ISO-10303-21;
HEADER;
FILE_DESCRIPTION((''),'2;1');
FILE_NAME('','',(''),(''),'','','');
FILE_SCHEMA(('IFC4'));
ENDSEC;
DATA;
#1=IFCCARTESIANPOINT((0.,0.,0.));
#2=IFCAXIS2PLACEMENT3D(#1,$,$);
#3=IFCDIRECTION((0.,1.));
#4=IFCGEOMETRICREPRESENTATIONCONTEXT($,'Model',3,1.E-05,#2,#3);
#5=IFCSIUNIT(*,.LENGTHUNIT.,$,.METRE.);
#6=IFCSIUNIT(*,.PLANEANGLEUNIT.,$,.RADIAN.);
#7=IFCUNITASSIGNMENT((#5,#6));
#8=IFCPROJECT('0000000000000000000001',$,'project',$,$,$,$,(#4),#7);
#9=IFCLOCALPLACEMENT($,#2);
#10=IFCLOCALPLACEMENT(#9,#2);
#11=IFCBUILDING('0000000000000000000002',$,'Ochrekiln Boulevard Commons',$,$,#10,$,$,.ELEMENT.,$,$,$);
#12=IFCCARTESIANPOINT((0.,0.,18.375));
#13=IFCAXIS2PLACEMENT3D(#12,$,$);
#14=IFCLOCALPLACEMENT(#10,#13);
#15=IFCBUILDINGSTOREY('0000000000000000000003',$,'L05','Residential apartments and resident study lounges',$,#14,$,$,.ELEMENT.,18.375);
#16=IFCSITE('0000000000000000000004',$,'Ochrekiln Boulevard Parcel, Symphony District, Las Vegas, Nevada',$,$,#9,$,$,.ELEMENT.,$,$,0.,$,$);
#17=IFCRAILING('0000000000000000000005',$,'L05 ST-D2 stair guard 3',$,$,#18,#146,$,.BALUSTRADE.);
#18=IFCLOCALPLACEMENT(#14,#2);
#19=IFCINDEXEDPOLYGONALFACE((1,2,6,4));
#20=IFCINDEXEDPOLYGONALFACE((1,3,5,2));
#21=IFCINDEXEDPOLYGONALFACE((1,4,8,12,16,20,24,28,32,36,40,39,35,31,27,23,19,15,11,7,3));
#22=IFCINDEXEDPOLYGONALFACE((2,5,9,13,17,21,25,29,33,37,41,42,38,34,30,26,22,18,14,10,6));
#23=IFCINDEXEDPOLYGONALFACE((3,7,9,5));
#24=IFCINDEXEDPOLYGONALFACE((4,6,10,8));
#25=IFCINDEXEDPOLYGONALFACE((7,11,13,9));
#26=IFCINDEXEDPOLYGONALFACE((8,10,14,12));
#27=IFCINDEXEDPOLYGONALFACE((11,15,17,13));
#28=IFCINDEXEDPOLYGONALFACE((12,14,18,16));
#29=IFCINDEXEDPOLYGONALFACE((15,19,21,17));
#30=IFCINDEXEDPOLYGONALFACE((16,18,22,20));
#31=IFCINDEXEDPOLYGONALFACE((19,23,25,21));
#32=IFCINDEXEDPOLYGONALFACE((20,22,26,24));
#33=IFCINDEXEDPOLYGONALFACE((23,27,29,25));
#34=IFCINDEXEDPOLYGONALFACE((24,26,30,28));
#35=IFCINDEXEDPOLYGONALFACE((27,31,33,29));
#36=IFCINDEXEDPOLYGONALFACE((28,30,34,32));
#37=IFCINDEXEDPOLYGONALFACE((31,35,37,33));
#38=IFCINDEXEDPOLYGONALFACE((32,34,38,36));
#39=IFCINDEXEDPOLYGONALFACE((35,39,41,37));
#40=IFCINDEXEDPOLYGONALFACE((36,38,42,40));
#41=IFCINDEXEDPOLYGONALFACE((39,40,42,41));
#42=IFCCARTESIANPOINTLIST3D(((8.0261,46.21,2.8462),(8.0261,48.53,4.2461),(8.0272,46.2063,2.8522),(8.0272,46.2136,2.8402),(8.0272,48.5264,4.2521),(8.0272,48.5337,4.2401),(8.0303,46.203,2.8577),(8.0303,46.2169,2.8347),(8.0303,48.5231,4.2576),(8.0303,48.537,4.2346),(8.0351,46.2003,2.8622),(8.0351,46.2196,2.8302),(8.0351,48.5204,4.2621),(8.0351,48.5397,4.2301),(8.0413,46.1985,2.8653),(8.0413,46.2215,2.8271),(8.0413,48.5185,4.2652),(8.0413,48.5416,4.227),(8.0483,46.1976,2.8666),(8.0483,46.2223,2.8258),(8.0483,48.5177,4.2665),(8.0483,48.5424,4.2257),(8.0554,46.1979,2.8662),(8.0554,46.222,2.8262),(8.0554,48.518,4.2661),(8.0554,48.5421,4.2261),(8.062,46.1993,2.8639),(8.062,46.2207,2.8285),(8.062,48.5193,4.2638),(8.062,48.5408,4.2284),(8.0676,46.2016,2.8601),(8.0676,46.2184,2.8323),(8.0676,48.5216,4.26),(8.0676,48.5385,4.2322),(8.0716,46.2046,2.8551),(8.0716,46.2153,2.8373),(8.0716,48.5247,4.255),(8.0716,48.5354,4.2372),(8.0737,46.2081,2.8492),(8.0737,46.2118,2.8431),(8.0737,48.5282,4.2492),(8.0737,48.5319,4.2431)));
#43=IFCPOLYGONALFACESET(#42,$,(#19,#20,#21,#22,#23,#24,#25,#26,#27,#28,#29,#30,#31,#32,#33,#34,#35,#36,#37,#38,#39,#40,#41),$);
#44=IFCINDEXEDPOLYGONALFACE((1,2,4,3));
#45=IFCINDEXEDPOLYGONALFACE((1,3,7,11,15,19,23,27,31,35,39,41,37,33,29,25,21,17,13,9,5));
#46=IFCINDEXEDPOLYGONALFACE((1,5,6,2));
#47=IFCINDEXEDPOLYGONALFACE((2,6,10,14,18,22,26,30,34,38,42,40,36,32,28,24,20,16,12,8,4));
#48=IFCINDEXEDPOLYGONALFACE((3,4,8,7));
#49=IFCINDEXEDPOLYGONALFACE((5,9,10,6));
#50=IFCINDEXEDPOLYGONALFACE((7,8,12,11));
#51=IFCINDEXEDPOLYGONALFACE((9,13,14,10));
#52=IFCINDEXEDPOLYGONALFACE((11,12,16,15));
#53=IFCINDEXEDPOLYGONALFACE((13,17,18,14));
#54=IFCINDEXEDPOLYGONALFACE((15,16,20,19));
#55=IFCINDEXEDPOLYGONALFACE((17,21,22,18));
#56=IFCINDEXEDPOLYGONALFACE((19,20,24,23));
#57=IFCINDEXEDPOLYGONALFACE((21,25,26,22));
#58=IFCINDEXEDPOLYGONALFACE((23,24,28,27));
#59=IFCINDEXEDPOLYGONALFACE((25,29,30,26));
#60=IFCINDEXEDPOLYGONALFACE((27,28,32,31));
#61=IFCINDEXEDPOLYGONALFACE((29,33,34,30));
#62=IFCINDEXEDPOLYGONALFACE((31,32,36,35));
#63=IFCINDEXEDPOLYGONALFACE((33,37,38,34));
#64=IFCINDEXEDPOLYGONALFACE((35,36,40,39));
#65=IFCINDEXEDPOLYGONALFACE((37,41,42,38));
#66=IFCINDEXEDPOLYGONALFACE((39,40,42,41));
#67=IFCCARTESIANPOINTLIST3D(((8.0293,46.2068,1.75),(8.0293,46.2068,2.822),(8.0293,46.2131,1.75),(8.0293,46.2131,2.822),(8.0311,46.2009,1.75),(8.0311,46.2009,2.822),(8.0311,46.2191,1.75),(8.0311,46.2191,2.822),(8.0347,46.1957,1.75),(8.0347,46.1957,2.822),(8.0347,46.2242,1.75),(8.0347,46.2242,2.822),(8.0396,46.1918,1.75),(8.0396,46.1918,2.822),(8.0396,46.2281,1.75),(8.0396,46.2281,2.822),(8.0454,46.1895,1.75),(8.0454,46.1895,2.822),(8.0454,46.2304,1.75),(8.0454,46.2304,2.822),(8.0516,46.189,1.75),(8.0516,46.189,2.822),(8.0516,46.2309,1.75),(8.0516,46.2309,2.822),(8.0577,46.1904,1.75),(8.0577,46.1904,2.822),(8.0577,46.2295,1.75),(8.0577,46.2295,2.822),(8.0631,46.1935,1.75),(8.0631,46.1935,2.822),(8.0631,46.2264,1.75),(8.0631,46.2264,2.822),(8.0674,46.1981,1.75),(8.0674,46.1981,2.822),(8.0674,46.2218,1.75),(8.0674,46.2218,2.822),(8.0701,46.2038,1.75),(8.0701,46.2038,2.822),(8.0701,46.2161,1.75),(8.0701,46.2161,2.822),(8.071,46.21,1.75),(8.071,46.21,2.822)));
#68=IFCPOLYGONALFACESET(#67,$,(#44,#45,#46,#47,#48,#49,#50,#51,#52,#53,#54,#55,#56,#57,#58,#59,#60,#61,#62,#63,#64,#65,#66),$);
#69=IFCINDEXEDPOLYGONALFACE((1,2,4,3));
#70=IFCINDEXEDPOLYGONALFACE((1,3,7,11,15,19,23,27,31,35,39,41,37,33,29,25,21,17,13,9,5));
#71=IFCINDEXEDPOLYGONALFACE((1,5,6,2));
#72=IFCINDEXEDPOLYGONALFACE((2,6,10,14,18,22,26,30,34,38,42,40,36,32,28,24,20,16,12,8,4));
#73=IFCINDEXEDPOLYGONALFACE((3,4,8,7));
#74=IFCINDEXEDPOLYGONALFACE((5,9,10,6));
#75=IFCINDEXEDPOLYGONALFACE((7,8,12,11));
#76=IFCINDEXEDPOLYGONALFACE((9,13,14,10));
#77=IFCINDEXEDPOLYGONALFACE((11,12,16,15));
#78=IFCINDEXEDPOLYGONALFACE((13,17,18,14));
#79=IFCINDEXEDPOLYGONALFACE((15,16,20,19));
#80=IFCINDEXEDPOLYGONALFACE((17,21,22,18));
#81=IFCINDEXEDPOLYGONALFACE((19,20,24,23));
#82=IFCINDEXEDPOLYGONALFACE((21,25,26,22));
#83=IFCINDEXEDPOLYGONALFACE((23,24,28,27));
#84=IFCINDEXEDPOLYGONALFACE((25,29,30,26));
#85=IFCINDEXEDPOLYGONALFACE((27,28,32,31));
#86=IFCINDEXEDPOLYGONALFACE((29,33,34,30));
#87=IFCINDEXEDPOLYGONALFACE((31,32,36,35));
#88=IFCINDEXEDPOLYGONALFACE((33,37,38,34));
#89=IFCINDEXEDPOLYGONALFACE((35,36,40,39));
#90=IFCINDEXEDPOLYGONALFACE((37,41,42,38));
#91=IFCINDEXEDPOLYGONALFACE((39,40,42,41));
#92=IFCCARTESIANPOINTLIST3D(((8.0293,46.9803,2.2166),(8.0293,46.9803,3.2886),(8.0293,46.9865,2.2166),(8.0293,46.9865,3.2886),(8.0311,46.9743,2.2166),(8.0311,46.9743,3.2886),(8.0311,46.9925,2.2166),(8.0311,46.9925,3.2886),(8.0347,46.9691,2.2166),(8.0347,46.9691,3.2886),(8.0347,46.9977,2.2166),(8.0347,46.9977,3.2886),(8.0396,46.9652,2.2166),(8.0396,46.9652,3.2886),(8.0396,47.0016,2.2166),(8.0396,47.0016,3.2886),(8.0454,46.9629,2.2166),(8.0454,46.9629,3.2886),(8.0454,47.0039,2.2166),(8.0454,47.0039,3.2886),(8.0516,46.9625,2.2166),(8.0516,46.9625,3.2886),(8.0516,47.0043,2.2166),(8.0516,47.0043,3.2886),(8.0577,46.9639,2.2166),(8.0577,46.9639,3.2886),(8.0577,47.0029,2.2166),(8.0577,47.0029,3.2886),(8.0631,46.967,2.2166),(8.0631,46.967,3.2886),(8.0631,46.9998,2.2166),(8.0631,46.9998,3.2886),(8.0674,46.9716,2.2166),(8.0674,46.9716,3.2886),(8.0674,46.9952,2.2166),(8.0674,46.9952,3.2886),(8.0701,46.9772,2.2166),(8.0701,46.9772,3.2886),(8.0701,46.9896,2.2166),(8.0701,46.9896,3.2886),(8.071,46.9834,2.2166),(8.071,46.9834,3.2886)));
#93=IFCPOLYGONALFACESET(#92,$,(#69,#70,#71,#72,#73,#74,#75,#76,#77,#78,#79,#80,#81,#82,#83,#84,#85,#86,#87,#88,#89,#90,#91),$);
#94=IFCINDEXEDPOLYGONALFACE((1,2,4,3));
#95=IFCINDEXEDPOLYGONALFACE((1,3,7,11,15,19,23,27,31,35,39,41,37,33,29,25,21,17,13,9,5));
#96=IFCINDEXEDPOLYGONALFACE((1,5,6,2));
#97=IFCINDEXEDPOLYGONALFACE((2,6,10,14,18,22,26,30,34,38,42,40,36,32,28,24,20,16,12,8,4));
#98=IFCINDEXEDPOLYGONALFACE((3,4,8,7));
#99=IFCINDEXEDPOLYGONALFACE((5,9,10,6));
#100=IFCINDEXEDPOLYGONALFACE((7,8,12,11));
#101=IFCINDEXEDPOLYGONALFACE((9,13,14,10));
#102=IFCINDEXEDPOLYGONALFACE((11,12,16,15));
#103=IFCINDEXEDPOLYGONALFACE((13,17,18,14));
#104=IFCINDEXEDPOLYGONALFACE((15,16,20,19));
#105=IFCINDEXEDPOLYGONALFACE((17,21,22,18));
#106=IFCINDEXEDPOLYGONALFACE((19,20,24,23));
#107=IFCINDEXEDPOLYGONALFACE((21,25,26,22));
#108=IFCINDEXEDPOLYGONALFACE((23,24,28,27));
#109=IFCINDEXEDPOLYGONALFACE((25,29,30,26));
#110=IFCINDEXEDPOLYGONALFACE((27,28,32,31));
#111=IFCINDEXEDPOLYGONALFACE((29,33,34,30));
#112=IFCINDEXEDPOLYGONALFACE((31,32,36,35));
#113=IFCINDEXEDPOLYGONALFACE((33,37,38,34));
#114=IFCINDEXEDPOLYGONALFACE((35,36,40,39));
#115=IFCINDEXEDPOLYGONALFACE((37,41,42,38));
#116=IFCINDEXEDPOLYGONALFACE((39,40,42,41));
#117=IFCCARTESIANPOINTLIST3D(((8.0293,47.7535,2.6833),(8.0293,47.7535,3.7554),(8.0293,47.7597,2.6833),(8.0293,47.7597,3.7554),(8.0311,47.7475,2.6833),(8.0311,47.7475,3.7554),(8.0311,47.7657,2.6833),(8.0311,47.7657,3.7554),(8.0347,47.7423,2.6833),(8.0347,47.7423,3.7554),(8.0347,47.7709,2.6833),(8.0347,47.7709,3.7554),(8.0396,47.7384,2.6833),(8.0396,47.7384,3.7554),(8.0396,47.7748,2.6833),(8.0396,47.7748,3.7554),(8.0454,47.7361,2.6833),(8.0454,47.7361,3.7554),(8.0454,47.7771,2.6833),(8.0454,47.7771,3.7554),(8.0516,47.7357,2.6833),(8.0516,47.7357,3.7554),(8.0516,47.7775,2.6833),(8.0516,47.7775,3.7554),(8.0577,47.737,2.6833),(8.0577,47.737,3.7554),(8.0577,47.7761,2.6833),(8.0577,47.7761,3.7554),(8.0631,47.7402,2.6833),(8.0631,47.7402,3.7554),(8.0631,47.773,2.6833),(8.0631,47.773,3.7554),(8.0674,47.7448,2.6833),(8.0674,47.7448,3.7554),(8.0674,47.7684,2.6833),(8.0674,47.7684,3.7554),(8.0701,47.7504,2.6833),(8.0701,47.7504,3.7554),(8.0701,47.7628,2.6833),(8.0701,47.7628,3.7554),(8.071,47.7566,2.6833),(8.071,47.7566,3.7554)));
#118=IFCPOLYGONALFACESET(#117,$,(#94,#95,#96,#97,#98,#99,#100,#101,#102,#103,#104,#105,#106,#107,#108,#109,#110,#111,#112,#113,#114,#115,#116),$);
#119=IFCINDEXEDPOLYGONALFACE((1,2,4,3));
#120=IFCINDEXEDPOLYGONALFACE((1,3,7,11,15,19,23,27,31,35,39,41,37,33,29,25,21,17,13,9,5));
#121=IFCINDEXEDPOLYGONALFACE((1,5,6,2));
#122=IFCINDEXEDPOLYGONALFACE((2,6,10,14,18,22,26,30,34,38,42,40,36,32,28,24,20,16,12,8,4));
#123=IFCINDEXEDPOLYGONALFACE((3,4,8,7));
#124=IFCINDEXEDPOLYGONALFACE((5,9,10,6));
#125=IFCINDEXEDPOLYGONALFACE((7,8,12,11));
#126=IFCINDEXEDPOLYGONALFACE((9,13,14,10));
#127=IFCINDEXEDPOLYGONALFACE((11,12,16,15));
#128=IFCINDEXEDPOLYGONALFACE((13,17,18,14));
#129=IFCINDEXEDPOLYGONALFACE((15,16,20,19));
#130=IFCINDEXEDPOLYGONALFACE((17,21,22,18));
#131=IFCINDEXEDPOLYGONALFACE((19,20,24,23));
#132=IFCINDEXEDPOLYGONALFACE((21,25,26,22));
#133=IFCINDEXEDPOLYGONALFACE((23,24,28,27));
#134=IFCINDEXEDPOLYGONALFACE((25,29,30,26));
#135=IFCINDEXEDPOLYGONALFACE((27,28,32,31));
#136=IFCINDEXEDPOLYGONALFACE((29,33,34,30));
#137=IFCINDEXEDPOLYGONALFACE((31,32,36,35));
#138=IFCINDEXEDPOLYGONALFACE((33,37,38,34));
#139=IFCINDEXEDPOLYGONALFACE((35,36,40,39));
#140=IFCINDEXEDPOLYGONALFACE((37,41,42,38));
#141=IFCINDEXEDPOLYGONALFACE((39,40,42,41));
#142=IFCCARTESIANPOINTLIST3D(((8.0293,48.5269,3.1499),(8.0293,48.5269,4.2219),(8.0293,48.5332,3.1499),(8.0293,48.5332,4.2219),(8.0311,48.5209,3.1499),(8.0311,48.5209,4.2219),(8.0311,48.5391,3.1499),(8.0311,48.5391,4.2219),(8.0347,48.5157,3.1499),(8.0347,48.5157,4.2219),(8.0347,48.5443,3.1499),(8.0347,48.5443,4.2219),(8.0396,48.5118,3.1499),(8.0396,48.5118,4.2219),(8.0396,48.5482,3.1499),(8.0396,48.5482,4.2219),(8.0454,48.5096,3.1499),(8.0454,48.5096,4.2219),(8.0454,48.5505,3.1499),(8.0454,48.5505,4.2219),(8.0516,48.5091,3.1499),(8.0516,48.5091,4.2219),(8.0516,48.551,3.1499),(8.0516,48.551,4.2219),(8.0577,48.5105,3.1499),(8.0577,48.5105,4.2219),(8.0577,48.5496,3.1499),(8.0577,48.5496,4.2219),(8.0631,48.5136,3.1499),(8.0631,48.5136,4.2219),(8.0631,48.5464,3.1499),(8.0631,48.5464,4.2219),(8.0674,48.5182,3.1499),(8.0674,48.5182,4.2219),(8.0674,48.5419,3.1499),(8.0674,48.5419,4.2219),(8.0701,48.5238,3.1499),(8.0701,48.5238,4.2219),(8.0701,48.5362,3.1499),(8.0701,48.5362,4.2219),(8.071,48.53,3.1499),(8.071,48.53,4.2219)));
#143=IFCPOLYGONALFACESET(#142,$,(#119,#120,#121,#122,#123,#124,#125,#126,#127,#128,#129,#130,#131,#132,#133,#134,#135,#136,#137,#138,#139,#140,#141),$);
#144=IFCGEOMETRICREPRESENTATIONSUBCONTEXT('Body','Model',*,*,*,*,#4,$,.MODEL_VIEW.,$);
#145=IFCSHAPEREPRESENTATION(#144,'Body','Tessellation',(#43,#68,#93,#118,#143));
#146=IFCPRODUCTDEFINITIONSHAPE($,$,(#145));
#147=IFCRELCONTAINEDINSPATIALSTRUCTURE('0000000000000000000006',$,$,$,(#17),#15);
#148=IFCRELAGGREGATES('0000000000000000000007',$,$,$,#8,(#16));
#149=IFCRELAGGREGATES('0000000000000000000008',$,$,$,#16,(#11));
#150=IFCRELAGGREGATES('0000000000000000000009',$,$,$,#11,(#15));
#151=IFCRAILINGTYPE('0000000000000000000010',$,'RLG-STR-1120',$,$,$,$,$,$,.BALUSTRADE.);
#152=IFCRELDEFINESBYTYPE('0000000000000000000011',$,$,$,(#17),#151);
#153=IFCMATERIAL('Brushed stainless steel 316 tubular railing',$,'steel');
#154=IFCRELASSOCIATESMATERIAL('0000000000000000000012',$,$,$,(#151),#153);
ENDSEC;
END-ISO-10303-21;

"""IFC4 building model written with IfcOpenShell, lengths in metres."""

from ifc_helpers import new_model, si_unit, direction, frame, origin, origin_2d, place, context, subcontext, project, spatial, circle, extrude, material, type_object, element, save


model = new_model("IFC4")

# Units and contexts
model_context = context("Model", 3, precision=1e-05, world=origin(), true_north=direction((0.0, 1.0)))
body_context = subcontext(model_context, "Body", "Model", "MODEL_VIEW")
ifc_project = project(units=[si_unit("LENGTHUNIT", "METRE"), si_unit("PLANEANGLEUNIT", "RADIAN")], contexts=[model_context])

# Site, building, storey
site_placement = place(None, origin())
site = spatial("IfcSite", under=ifc_project, at=site_placement, Name="Ochrekiln Boulevard Parcel, Symphony District, Las Vegas, Nevada", CompositionType="ELEMENT", RefElevation=0.0)
building_placement = place(site_placement, origin())
building = spatial("IfcBuilding", under=site, at=building_placement, Name="Ochrekiln Boulevard Commons", CompositionType="ELEMENT")
storey_placement = place(building_placement, frame((0.0, 0.0, 18.375)))
storey = spatial("IfcBuildingStorey", under=building, at=storey_placement, Name="L05", Description="Residential apartments and resident study lounges", CompositionType="ELEMENT", Elevation=18.375)

# Railing
ifc_material_1 = material(Name="Brushed stainless steel 316 tubular railing", Category="steel")
railing_type_1 = type_object("IfcRailingType", Name="RLG-STR-1120", PredefinedType="BALUSTRADE", material=ifc_material_1)
railing_1_placement = place(storey_placement, frame((8.05, 46.21, 1.75)))
element("IfcRailing", 1, at=railing_1_placement, inside=storey, type_object=railing_type_1, Name="L05 ST-D2 stair guard 3", PredefinedType="BALUSTRADE", context=body_context, shape_type="SweptSolid", body=[
    extrude(circle(Radius=0.0239, at=origin_2d()), frame((0.0, 0.0, 1.0962), z_axis=(0.0, 0.85621, 0.516627), x_axis=(-1.0, 0.0, 0.0)), (0.0, 0.0, 1.0), 2.7097),
    extrude(circle(Radius=0.021, at=origin_2d()), origin(), (0.0, 0.0, 1.0), 1.072),
    extrude(circle(Radius=0.021, at=origin_2d()), frame((0.0, 0.7734, 0.4666)), (0.0, 0.0, 1.0), 1.072),
    extrude(circle(Radius=0.021, at=origin_2d()), frame((0.0, 1.5466, 0.9333)), (0.0, 0.0, 1.0), 1.072),
    extrude(circle(Radius=0.021, at=origin_2d()), frame((0.0, 2.3201, 1.3999)), (0.0, 0.0, 1.0), 1.072),
])

save(model, "model.ifc")
